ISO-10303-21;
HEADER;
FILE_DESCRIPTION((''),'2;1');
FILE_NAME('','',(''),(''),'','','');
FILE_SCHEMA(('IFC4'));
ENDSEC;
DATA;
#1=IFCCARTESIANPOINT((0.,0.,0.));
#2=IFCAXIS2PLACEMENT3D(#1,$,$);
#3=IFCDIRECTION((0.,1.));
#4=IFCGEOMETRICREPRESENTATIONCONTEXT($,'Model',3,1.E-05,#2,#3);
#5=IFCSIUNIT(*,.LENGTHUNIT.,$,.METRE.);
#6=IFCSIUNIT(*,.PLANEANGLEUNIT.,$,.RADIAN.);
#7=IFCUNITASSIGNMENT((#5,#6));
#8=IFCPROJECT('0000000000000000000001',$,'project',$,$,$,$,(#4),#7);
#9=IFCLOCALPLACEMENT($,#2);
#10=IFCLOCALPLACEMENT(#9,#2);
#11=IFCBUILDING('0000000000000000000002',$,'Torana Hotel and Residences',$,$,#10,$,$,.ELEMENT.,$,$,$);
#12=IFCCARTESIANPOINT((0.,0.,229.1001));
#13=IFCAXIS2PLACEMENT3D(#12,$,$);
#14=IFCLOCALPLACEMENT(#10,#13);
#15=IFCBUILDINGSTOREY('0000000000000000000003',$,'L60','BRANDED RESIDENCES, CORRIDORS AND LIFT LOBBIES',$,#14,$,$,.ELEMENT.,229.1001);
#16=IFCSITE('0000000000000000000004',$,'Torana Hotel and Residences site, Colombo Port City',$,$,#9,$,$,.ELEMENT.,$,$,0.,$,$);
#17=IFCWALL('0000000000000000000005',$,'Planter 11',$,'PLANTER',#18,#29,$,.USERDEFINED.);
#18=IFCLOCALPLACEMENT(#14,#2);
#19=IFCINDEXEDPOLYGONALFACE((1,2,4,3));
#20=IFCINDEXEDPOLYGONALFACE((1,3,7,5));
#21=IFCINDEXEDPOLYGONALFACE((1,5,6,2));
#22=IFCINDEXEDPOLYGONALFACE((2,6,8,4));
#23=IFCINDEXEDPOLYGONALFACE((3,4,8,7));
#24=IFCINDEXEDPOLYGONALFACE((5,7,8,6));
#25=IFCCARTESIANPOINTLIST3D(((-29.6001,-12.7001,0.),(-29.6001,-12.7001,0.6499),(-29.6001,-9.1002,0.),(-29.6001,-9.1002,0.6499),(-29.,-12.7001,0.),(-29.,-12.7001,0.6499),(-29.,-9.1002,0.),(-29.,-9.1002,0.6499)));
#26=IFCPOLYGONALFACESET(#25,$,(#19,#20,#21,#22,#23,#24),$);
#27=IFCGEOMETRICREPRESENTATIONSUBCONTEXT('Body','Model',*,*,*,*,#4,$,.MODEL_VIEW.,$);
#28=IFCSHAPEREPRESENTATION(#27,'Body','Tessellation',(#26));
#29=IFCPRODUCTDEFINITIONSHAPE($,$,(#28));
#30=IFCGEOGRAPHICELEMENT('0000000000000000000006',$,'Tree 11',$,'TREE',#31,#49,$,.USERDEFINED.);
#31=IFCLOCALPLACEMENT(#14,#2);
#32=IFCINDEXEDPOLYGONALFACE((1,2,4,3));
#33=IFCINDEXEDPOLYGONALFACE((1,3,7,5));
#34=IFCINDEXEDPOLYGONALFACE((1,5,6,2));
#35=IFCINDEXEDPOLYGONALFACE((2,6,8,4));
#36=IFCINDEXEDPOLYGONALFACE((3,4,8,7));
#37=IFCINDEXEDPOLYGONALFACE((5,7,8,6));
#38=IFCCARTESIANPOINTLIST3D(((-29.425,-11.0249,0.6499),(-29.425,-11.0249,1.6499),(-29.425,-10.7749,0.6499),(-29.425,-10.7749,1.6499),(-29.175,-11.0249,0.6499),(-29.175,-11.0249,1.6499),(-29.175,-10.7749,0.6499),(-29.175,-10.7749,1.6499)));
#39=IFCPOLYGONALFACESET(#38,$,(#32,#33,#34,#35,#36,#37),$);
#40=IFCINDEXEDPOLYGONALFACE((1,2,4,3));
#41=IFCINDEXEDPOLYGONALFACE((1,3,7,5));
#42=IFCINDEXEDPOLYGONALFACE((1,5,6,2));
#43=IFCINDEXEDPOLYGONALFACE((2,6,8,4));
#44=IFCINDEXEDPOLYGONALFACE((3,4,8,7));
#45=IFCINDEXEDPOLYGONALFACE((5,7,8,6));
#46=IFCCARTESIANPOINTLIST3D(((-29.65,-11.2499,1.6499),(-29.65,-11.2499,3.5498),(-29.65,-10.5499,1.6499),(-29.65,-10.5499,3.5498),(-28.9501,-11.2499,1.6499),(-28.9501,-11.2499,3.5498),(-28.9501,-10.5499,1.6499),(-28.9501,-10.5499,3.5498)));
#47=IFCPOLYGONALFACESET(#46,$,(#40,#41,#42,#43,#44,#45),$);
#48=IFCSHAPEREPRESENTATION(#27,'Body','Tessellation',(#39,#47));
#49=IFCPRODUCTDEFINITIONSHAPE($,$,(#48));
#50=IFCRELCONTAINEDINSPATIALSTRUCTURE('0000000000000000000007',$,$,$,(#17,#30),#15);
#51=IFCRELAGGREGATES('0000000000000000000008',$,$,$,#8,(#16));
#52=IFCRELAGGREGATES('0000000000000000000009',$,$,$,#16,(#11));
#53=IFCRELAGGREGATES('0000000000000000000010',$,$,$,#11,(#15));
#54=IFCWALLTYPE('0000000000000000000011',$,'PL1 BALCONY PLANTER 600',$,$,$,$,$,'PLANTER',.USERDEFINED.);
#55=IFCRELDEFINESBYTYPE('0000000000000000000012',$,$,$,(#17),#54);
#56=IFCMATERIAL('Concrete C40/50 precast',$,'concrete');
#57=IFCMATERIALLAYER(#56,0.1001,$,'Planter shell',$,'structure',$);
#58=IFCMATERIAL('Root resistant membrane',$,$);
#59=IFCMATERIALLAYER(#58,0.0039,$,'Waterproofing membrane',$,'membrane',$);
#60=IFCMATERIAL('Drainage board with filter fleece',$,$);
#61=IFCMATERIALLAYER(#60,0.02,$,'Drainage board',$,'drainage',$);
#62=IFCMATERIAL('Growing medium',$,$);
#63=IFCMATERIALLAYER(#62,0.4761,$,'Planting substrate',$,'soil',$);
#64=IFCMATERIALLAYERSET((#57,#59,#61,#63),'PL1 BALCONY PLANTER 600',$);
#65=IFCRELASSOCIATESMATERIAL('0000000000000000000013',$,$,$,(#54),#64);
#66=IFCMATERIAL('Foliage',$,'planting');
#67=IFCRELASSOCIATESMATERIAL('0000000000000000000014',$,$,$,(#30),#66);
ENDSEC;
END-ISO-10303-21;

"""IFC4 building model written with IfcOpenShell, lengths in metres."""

from ifc_helpers import new_model, si_unit, direction, frame, frame_2d, origin, origin_2d, place, context, subcontext, project, spatial, rectangle, extrude, material, layer, layer_set, type_object, element, save


model = new_model("IFC4")

# Units and contexts
model_context = context("Model", 3, precision=1e-05, world=origin(), true_north=direction((0.0, 1.0)))
body_context = subcontext(model_context, "Body", "Model", "MODEL_VIEW")
ifc_project = project(units=[si_unit("LENGTHUNIT", "METRE"), si_unit("PLANEANGLEUNIT", "RADIAN")], contexts=[model_context])

# Site, building, storey
site_placement = place(None, origin())
site = spatial("IfcSite", under=ifc_project, at=site_placement, Name="Torana Hotel and Residences site, Colombo Port City", CompositionType="ELEMENT", RefElevation=0.0)
building_placement = place(site_placement, origin())
building = spatial("IfcBuilding", under=site, at=building_placement, Name="Torana Hotel and Residences", CompositionType="ELEMENT")
storey_placement = place(building_placement, frame((0.0, 0.0, 229.1001)))
storey = spatial("IfcBuildingStorey", under=building, at=storey_placement, Name="L60", Description="BRANDED RESIDENCES, CORRIDORS AND LIFT LOBBIES", CompositionType="ELEMENT", Elevation=229.1001)

# Wall
ifc_material_1 = material(Name="Concrete C40/50 precast", Category="concrete")
ifc_layer_1 = layer(ifc_material_1, 0.1001, Name="Planter shell", Category="structure")
ifc_material_2 = material(Name="Root resistant membrane")
ifc_layer_2 = layer(ifc_material_2, 0.0039, Name="Waterproofing membrane", Category="membrane")
ifc_material_3 = material(Name="Drainage board with filter fleece")
ifc_layer_3 = layer(ifc_material_3, 0.02, Name="Drainage board", Category="drainage")
ifc_material_4 = material(Name="Growing medium")
ifc_layer_4 = layer(ifc_material_4, 0.4761, Name="Planting substrate", Category="soil")
ifc_layer_set_1 = layer_set([ifc_layer_1, ifc_layer_2, ifc_layer_3, ifc_layer_4], Name="PL1 BALCONY PLANTER 600")
wall_type_1 = type_object("IfcWallType", Name="PL1 BALCONY PLANTER 600", ElementType="PLANTER", PredefinedType="USERDEFINED", material=ifc_layer_set_1)
wall_1_placement = place(storey_placement, frame((-29.3, -12.7, 0.0), z_axis=(0.0, 0.0, 1.0), x_axis=(0.0, 1.0, 0.0)))
element("IfcWall", 1, at=wall_1_placement, inside=storey, type_object=wall_type_1, Name="Planter 11", ObjectType="PLANTER", PredefinedType="USERDEFINED", context=body_context, shape_type="SweptSolid", body=[
    extrude(rectangle(XDim=3.5999, YDim=0.6001, at=frame_2d((1.7998, 0.0))), origin(), (0.0, 0.0, 1.0), 0.6499),
])

# Geographic element
ifc_material_5 = material(Name="Foliage", Category="planting")
geographic_element_placement = place(storey_placement, frame((-29.3, -10.8999, 0.6499), z_axis=(0.0, 0.0, 1.0), x_axis=(1.0, 0.0, 0.0)))
element("IfcGeographicElement", 2, at=geographic_element_placement, inside=storey, material=ifc_material_5, Name="Tree 11", ObjectType="TREE", PredefinedType="USERDEFINED", context=body_context, shape_type="SweptSolid", body=[
    extrude(rectangle(XDim=0.25, YDim=0.25, at=origin_2d()), origin(), (0.0, 0.0, 1.0), 1.0),
    extrude(rectangle(XDim=0.7, YDim=0.7, at=origin_2d()), frame((0.0, 0.0, 1.0)), (0.0, 0.0, 1.0), 1.8999),
])

save(model, "model.ifc")
